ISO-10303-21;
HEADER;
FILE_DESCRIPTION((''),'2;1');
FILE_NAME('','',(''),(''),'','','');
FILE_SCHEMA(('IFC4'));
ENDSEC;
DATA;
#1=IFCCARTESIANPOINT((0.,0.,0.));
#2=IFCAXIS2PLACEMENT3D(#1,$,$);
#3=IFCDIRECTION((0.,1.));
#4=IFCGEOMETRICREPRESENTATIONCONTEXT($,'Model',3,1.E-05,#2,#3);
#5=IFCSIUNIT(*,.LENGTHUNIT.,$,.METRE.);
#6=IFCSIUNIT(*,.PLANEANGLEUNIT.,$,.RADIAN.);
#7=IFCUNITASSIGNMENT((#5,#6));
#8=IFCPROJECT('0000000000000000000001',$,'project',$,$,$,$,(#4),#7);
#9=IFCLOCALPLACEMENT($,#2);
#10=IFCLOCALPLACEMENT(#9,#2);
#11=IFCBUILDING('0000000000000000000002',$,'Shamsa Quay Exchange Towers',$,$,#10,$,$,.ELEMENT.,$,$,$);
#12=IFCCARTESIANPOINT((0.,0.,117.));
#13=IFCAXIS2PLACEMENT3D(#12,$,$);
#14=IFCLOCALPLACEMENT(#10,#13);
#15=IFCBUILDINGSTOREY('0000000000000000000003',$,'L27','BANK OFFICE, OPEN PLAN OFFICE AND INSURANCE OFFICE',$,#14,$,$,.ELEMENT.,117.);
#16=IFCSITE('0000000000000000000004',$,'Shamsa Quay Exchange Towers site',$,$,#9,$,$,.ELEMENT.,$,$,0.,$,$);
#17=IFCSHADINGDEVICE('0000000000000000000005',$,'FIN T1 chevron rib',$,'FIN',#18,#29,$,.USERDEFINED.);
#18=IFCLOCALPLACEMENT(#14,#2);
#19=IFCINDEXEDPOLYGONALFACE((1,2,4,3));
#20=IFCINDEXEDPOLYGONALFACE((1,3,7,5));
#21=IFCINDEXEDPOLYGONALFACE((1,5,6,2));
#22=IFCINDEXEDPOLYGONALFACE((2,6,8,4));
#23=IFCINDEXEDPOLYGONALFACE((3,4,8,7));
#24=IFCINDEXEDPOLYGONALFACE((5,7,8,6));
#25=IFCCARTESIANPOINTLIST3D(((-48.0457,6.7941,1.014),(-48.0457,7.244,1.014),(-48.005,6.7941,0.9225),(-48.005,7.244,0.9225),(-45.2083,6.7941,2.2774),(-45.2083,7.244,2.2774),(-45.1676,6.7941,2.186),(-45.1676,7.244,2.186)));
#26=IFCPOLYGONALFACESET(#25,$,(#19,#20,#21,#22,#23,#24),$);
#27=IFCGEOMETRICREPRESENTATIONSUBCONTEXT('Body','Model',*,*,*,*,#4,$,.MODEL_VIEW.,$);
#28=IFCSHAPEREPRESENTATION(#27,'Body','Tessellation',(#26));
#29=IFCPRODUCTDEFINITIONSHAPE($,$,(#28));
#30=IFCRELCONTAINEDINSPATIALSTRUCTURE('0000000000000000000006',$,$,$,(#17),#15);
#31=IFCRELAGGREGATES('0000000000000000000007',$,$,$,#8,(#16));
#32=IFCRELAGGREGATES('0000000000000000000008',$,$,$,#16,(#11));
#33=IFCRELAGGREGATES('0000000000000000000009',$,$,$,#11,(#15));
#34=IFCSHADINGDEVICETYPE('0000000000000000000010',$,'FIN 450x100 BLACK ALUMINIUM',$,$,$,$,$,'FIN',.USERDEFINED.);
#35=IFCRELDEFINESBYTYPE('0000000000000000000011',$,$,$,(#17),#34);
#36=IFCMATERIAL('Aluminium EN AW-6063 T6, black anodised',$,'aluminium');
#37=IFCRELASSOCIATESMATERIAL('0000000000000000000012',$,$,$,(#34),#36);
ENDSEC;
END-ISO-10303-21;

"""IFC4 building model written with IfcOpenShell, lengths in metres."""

from ifc_helpers import new_model, si_unit, direction, frame, origin, origin_2d, place, context, subcontext, project, spatial, rectangle, extrude, material, material_profile, profile_set, type_object, element, save


model = new_model("IFC4")

# Units and contexts
model_context = context("Model", 3, precision=1e-05, world=origin(), true_north=direction((0.0, 1.0)))
body_context = subcontext(model_context, "Body", "Model", "MODEL_VIEW")
ifc_project = project(units=[si_unit("LENGTHUNIT", "METRE"), si_unit("PLANEANGLEUNIT", "RADIAN")], contexts=[model_context])

# Site, building, storey
site_placement = place(None, origin())
site = spatial("IfcSite", under=ifc_project, at=site_placement, Name="Shamsa Quay Exchange Towers site", CompositionType="ELEMENT", RefElevation=0.0)
building_placement = place(site_placement, origin())
building = spatial("IfcBuilding", under=site, at=building_placement, Name="Shamsa Quay Exchange Towers", CompositionType="ELEMENT")
storey_placement = place(building_placement, frame((0.0, 0.0, 117.0)))
storey = spatial("IfcBuildingStorey", under=building, at=storey_placement, Name="L27", Description="BANK OFFICE, OPEN PLAN OFFICE AND INSURANCE OFFICE", CompositionType="ELEMENT", Elevation=117.0)

# Shared definitions
ifc_material_1 = material(Name="Aluminium EN AW-6063 T6, black anodised", Category="aluminium")

# Shading device
ifc_material_profile_1 = material_profile(ifc_material_1, rectangle(XDim=0.45, YDim=0.1001, at=origin_2d()), Name="FIN450x100")
ifc_profile_set_1 = profile_set([ifc_material_profile_1], Name="Aluminium EN AW-6063 T6, black anodised")
shading_device_type = type_object("IfcShadingDeviceType", Name="FIN 450x100 BLACK ALUMINIUM", ElementType="FIN", PredefinedType="USERDEFINED", material=ifc_profile_set_1)
shading_device_1_placement = place(storey_placement, frame((-45.188, 7.019, 2.2317), z_axis=(-0.913529, 0.0, -0.406773), x_axis=(0.0, -1.0, 0.0)))
element("IfcShadingDevice", 1, at=shading_device_1_placement, inside=storey, type_object=shading_device_type, Name="FIN T1 chevron rib", ObjectType="FIN", PredefinedType="USERDEFINED", context=body_context, shape_type="SweptSolid", body=[
    extrude(rectangle(XDim=0.45, YDim=0.1001, at=origin_2d()), origin(), (0.0, 0.0, 1.0), 3.106),
])

save(model, "model.ifc")
